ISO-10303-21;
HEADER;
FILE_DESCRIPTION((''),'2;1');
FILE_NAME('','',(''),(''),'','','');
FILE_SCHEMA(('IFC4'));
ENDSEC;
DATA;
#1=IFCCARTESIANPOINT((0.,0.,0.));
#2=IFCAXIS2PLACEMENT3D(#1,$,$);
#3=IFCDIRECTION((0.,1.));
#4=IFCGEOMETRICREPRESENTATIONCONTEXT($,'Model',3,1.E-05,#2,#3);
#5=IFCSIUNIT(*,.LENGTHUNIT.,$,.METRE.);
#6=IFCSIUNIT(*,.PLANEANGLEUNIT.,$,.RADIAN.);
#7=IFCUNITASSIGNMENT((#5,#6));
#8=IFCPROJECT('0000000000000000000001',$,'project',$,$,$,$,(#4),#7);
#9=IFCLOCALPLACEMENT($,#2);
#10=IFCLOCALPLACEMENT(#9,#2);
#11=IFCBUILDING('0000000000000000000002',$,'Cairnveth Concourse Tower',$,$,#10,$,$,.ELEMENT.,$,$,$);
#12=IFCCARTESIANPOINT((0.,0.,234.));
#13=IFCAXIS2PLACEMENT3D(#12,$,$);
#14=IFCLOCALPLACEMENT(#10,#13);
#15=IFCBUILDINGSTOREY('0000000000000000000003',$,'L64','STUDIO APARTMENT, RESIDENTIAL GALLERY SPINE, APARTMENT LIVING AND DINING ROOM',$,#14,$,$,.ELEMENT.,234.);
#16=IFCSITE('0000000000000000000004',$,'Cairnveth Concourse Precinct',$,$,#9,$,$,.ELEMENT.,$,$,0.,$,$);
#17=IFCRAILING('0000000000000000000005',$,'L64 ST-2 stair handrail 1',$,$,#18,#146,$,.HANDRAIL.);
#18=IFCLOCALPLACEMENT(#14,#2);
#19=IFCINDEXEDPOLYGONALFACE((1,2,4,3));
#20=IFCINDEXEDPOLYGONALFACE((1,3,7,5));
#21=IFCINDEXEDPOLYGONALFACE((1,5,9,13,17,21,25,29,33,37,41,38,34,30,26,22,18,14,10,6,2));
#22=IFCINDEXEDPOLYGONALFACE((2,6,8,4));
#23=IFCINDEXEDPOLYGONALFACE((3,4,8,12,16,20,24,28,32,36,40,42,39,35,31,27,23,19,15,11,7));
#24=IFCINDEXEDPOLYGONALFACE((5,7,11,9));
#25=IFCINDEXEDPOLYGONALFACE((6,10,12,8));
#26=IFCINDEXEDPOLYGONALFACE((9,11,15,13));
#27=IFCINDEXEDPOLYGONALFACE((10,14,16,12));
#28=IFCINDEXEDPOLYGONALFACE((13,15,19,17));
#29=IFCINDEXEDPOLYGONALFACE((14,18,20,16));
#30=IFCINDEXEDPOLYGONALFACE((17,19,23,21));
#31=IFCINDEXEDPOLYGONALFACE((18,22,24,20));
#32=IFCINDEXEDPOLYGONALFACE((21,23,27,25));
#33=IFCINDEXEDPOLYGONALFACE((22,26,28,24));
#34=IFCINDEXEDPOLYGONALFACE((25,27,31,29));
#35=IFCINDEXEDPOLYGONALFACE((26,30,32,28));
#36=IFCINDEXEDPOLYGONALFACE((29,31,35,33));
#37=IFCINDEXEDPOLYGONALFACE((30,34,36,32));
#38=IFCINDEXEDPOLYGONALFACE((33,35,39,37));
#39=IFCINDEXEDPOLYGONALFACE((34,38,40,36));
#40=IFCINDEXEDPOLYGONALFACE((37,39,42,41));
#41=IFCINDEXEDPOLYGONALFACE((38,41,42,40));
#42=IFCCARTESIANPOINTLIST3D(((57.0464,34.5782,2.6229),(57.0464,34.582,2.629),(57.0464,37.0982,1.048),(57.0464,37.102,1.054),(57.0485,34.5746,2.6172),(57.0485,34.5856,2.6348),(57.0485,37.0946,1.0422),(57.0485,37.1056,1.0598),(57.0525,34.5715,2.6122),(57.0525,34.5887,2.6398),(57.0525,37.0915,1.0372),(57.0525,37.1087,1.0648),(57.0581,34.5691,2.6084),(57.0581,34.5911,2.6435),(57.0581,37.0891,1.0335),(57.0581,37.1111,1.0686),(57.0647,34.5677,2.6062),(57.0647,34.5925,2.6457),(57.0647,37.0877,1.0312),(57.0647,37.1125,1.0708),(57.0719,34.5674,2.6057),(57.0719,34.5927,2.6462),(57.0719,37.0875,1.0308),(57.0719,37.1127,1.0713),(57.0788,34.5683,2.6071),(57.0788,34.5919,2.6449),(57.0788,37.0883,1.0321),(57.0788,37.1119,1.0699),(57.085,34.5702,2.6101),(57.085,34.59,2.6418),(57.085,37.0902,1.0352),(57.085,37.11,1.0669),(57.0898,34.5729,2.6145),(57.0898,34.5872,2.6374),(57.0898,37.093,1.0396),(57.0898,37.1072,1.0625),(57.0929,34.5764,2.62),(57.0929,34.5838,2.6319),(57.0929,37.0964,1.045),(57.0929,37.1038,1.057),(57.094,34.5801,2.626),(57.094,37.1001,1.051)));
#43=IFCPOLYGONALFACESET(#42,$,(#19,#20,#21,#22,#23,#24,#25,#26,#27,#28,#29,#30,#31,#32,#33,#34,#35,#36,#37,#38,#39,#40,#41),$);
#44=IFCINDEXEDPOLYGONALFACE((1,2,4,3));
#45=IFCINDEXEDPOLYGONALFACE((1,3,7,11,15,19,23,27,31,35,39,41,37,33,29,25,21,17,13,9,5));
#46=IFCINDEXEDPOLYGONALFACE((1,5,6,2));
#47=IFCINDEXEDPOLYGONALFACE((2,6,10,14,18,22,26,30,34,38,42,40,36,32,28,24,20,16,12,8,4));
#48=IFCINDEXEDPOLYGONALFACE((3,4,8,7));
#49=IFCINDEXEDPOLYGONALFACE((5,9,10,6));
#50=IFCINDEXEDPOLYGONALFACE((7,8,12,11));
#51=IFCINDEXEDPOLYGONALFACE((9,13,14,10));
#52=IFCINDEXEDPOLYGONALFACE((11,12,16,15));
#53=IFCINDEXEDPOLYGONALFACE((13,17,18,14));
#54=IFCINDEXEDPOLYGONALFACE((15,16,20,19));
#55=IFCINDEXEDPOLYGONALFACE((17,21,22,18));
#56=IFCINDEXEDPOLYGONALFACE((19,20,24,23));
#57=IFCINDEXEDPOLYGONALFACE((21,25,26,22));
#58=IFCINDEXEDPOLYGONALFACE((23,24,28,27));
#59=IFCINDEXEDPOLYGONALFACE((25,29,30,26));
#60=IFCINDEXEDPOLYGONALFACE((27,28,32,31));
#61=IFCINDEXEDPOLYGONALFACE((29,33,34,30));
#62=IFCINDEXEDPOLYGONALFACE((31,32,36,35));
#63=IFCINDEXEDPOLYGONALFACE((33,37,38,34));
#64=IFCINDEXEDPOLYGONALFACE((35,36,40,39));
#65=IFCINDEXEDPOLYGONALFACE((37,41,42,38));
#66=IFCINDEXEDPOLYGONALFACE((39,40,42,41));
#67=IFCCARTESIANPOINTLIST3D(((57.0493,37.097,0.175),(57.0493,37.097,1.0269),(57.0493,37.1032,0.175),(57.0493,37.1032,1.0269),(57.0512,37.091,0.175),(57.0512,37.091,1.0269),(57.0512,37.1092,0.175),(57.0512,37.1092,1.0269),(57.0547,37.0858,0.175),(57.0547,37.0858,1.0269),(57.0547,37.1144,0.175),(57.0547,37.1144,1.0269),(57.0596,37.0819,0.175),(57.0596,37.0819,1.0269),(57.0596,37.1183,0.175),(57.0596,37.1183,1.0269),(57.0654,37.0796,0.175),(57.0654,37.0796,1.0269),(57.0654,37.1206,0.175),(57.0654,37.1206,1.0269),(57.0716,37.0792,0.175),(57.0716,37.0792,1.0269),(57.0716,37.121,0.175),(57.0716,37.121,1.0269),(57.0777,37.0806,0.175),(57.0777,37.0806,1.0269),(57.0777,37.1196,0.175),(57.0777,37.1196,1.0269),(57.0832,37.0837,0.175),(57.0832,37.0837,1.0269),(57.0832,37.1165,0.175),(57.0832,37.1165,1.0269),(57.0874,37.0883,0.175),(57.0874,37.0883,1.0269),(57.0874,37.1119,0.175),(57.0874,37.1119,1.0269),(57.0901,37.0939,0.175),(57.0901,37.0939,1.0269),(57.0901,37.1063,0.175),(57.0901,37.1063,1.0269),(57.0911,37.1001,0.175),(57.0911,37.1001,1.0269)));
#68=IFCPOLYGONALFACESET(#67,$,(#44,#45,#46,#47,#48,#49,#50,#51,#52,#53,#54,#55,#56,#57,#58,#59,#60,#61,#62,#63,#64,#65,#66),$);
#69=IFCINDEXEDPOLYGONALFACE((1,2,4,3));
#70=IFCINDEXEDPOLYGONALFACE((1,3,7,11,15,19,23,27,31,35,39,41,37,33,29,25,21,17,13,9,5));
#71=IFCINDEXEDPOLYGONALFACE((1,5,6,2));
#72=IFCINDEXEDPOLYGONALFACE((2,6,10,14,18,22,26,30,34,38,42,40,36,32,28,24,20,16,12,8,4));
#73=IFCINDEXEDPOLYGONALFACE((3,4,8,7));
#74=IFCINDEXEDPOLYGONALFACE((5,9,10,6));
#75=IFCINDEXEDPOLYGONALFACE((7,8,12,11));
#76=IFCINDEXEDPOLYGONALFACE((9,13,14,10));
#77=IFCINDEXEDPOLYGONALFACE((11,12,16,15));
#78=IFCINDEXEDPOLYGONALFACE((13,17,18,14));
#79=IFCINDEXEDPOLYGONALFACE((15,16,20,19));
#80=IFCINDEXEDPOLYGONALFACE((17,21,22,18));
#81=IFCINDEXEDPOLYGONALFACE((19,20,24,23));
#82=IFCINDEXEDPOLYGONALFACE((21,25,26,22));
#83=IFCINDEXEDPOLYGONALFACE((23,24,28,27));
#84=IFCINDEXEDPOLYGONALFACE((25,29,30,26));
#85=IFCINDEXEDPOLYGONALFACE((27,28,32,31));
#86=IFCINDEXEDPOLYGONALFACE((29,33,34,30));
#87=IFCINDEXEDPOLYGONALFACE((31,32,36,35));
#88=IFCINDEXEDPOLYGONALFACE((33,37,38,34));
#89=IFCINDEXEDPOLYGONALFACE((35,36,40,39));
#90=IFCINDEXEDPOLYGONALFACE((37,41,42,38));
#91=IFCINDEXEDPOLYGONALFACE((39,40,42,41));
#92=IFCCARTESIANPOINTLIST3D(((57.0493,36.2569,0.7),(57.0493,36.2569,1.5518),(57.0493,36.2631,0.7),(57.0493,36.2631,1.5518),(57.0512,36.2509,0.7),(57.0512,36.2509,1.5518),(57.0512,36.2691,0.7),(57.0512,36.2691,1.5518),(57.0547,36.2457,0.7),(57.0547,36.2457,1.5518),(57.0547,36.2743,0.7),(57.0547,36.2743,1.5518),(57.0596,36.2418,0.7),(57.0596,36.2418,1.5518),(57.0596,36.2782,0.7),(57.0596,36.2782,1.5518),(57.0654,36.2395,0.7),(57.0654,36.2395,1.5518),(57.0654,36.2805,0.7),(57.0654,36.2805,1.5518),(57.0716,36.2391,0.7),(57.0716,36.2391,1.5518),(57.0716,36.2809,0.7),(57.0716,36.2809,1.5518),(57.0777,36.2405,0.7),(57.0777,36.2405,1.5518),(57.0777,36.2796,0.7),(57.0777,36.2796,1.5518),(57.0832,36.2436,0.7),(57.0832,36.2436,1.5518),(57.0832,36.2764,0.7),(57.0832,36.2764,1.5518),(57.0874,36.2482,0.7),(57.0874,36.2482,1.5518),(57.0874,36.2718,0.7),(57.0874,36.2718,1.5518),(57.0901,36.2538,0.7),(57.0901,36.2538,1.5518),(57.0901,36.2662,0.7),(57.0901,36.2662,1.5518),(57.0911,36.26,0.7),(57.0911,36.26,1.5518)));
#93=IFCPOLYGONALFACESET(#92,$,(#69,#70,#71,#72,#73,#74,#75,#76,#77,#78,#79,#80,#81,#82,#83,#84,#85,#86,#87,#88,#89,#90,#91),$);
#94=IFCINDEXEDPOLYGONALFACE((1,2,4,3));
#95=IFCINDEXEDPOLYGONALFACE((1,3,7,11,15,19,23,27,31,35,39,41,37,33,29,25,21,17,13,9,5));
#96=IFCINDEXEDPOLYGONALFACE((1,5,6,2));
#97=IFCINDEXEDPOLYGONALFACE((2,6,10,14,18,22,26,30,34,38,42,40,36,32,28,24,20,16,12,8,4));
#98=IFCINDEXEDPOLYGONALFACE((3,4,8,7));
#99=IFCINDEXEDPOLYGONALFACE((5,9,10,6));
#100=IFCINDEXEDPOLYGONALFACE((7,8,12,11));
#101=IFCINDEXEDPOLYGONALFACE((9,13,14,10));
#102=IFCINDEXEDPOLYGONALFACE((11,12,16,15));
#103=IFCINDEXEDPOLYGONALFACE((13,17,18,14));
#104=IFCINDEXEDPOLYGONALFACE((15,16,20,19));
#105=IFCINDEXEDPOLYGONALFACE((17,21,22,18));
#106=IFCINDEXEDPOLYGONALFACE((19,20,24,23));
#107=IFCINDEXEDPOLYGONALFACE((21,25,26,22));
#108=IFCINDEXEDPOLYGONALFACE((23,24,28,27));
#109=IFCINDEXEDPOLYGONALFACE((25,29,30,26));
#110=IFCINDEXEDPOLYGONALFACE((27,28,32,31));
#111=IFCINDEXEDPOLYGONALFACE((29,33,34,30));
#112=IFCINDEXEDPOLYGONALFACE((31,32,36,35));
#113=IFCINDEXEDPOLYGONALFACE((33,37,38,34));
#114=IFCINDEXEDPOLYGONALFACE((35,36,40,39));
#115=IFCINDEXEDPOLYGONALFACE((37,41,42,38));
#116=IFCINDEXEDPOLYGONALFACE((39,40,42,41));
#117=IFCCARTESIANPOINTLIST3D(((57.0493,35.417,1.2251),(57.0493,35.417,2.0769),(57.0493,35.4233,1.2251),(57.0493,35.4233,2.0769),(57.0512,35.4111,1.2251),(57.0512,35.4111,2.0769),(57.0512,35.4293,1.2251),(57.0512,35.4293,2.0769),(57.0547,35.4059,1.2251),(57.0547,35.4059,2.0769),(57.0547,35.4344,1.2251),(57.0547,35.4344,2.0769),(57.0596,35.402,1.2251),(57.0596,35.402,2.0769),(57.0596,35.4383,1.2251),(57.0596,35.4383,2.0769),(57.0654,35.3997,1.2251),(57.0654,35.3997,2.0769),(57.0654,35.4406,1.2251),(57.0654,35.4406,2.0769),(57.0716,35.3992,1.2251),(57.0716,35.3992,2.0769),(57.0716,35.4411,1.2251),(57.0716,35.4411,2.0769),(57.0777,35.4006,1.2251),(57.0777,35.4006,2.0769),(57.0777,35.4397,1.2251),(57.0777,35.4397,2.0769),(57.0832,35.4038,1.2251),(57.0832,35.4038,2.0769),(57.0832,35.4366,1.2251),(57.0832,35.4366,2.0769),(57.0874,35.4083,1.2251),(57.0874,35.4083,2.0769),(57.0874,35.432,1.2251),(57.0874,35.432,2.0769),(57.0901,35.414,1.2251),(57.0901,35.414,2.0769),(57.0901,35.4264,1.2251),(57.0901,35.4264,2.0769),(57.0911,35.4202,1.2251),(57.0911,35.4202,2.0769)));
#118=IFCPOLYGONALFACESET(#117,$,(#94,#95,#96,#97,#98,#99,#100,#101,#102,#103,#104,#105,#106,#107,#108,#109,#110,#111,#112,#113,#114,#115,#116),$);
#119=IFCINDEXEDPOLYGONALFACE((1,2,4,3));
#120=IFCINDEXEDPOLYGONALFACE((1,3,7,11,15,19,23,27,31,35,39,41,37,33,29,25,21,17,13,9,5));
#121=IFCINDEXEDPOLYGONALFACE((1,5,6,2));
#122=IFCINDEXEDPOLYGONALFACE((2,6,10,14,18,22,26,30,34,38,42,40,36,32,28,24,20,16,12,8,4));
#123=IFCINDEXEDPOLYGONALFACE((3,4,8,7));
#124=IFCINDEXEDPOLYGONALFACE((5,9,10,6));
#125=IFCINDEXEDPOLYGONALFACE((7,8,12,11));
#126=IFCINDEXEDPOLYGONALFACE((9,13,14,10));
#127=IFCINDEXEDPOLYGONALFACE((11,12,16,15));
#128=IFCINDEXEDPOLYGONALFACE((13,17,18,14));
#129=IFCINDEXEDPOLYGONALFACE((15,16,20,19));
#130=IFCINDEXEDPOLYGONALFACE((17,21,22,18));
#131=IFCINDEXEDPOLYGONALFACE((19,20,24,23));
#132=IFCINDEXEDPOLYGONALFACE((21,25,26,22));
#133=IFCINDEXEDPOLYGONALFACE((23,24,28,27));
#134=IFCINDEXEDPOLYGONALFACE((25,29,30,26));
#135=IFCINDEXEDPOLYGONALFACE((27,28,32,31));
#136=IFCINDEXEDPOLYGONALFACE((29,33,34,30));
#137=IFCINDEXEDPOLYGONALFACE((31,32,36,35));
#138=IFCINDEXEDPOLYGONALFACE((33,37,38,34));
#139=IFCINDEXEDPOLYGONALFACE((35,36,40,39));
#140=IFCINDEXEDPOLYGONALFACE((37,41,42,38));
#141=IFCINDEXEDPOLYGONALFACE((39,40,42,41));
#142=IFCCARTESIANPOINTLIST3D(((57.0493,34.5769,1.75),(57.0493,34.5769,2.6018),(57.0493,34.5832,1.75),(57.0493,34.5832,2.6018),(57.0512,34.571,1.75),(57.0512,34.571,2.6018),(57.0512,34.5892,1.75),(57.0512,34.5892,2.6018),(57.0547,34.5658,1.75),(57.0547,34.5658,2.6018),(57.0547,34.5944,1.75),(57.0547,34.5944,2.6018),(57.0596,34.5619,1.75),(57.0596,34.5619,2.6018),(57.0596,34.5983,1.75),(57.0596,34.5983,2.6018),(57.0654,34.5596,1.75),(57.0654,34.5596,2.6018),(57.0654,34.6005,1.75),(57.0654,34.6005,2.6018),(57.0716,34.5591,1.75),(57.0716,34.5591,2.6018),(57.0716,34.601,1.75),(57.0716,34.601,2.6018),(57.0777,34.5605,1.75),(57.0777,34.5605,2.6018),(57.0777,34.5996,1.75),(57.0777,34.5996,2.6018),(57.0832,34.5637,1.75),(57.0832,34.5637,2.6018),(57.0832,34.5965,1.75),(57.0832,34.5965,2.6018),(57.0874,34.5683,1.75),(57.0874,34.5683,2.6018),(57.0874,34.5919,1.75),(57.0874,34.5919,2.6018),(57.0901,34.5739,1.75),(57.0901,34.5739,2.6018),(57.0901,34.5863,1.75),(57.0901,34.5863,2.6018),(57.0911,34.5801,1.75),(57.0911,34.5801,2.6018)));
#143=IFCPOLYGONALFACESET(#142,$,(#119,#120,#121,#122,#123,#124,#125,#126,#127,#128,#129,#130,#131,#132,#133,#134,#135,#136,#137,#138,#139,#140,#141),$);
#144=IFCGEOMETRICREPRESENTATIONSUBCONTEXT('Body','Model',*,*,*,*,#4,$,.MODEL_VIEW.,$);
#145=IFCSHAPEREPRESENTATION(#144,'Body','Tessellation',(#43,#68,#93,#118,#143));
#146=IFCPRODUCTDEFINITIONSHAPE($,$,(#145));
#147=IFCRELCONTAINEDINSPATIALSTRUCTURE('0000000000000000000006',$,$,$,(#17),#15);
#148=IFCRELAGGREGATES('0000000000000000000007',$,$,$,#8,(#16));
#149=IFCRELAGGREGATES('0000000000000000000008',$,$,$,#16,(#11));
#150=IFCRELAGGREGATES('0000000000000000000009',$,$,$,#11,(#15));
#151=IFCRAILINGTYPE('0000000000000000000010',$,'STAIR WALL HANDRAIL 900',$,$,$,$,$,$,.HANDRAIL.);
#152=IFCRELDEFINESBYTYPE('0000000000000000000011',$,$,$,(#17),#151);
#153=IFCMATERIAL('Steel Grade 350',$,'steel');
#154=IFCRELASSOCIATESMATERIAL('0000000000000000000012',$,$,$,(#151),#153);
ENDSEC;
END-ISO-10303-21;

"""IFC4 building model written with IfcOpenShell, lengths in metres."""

from ifc_helpers import new_model, si_unit, direction, frame, origin, origin_2d, place, context, subcontext, project, spatial, circle, extrude, material, type_object, element, save


model = new_model("IFC4")

# Units and contexts
model_context = context("Model", 3, precision=1e-05, world=origin(), true_north=direction((0.0, 1.0)))
body_context = subcontext(model_context, "Body", "Model", "MODEL_VIEW")
ifc_project = project(units=[si_unit("LENGTHUNIT", "METRE"), si_unit("PLANEANGLEUNIT", "RADIAN")], contexts=[model_context])

# Site, building, storey
site_placement = place(None, origin())
site = spatial("IfcSite", under=ifc_project, at=site_placement, Name="Cairnveth Concourse Precinct", CompositionType="ELEMENT", RefElevation=0.0)
building_placement = place(site_placement, origin())
building = spatial("IfcBuilding", under=site, at=building_placement, Name="Cairnveth Concourse Tower", CompositionType="ELEMENT")
storey_placement = place(building_placement, frame((0.0, 0.0, 234.0)))
storey = spatial("IfcBuildingStorey", under=building, at=storey_placement, Name="L64", Description="STUDIO APARTMENT, RESIDENTIAL GALLERY SPINE, APARTMENT LIVING AND DINING ROOM", CompositionType="ELEMENT", Elevation=234.0)

# Shared definitions
ifc_material_1 = material(Name="Steel Grade 350", Category="steel")

# Railing
railing_type_1 = type_object("IfcRailingType", Name="STAIR WALL HANDRAIL 900", PredefinedType="HANDRAIL", material=ifc_material_1)
railing_1_placement = place(storey_placement, frame((57.0701, 37.1001, 0.175)))
element("IfcRailing", 1, at=railing_1_placement, inside=storey, type_object=railing_type_1, Name="L64 ST-2 stair handrail 1", PredefinedType="HANDRAIL", context=body_context, shape_type="SweptSolid", body=[
    extrude(circle(Radius=0.0239, at=origin_2d()), frame((0.0, 0.0, 0.876), z_axis=(0.0, -0.848008, 0.529984), x_axis=(1.0, 0.0, 0.0)), (0.0, 0.0, 1.0), 2.9717),
    extrude(circle(Radius=0.021, at=origin_2d()), origin(), (0.0, 0.0, 1.0), 0.8518),
    extrude(circle(Radius=0.021, at=origin_2d()), frame((0.0, -0.8401, 0.5249)), (0.0, 0.0, 1.0), 0.8518),
    extrude(circle(Radius=0.021, at=origin_2d()), frame((0.0, -1.6799, 1.05)), (0.0, 0.0, 1.0), 0.8518),
    extrude(circle(Radius=0.021, at=origin_2d()), frame((0.0, -2.52, 1.575)), (0.0, 0.0, 1.0), 0.8518),
])

save(model, "model.ifc")
